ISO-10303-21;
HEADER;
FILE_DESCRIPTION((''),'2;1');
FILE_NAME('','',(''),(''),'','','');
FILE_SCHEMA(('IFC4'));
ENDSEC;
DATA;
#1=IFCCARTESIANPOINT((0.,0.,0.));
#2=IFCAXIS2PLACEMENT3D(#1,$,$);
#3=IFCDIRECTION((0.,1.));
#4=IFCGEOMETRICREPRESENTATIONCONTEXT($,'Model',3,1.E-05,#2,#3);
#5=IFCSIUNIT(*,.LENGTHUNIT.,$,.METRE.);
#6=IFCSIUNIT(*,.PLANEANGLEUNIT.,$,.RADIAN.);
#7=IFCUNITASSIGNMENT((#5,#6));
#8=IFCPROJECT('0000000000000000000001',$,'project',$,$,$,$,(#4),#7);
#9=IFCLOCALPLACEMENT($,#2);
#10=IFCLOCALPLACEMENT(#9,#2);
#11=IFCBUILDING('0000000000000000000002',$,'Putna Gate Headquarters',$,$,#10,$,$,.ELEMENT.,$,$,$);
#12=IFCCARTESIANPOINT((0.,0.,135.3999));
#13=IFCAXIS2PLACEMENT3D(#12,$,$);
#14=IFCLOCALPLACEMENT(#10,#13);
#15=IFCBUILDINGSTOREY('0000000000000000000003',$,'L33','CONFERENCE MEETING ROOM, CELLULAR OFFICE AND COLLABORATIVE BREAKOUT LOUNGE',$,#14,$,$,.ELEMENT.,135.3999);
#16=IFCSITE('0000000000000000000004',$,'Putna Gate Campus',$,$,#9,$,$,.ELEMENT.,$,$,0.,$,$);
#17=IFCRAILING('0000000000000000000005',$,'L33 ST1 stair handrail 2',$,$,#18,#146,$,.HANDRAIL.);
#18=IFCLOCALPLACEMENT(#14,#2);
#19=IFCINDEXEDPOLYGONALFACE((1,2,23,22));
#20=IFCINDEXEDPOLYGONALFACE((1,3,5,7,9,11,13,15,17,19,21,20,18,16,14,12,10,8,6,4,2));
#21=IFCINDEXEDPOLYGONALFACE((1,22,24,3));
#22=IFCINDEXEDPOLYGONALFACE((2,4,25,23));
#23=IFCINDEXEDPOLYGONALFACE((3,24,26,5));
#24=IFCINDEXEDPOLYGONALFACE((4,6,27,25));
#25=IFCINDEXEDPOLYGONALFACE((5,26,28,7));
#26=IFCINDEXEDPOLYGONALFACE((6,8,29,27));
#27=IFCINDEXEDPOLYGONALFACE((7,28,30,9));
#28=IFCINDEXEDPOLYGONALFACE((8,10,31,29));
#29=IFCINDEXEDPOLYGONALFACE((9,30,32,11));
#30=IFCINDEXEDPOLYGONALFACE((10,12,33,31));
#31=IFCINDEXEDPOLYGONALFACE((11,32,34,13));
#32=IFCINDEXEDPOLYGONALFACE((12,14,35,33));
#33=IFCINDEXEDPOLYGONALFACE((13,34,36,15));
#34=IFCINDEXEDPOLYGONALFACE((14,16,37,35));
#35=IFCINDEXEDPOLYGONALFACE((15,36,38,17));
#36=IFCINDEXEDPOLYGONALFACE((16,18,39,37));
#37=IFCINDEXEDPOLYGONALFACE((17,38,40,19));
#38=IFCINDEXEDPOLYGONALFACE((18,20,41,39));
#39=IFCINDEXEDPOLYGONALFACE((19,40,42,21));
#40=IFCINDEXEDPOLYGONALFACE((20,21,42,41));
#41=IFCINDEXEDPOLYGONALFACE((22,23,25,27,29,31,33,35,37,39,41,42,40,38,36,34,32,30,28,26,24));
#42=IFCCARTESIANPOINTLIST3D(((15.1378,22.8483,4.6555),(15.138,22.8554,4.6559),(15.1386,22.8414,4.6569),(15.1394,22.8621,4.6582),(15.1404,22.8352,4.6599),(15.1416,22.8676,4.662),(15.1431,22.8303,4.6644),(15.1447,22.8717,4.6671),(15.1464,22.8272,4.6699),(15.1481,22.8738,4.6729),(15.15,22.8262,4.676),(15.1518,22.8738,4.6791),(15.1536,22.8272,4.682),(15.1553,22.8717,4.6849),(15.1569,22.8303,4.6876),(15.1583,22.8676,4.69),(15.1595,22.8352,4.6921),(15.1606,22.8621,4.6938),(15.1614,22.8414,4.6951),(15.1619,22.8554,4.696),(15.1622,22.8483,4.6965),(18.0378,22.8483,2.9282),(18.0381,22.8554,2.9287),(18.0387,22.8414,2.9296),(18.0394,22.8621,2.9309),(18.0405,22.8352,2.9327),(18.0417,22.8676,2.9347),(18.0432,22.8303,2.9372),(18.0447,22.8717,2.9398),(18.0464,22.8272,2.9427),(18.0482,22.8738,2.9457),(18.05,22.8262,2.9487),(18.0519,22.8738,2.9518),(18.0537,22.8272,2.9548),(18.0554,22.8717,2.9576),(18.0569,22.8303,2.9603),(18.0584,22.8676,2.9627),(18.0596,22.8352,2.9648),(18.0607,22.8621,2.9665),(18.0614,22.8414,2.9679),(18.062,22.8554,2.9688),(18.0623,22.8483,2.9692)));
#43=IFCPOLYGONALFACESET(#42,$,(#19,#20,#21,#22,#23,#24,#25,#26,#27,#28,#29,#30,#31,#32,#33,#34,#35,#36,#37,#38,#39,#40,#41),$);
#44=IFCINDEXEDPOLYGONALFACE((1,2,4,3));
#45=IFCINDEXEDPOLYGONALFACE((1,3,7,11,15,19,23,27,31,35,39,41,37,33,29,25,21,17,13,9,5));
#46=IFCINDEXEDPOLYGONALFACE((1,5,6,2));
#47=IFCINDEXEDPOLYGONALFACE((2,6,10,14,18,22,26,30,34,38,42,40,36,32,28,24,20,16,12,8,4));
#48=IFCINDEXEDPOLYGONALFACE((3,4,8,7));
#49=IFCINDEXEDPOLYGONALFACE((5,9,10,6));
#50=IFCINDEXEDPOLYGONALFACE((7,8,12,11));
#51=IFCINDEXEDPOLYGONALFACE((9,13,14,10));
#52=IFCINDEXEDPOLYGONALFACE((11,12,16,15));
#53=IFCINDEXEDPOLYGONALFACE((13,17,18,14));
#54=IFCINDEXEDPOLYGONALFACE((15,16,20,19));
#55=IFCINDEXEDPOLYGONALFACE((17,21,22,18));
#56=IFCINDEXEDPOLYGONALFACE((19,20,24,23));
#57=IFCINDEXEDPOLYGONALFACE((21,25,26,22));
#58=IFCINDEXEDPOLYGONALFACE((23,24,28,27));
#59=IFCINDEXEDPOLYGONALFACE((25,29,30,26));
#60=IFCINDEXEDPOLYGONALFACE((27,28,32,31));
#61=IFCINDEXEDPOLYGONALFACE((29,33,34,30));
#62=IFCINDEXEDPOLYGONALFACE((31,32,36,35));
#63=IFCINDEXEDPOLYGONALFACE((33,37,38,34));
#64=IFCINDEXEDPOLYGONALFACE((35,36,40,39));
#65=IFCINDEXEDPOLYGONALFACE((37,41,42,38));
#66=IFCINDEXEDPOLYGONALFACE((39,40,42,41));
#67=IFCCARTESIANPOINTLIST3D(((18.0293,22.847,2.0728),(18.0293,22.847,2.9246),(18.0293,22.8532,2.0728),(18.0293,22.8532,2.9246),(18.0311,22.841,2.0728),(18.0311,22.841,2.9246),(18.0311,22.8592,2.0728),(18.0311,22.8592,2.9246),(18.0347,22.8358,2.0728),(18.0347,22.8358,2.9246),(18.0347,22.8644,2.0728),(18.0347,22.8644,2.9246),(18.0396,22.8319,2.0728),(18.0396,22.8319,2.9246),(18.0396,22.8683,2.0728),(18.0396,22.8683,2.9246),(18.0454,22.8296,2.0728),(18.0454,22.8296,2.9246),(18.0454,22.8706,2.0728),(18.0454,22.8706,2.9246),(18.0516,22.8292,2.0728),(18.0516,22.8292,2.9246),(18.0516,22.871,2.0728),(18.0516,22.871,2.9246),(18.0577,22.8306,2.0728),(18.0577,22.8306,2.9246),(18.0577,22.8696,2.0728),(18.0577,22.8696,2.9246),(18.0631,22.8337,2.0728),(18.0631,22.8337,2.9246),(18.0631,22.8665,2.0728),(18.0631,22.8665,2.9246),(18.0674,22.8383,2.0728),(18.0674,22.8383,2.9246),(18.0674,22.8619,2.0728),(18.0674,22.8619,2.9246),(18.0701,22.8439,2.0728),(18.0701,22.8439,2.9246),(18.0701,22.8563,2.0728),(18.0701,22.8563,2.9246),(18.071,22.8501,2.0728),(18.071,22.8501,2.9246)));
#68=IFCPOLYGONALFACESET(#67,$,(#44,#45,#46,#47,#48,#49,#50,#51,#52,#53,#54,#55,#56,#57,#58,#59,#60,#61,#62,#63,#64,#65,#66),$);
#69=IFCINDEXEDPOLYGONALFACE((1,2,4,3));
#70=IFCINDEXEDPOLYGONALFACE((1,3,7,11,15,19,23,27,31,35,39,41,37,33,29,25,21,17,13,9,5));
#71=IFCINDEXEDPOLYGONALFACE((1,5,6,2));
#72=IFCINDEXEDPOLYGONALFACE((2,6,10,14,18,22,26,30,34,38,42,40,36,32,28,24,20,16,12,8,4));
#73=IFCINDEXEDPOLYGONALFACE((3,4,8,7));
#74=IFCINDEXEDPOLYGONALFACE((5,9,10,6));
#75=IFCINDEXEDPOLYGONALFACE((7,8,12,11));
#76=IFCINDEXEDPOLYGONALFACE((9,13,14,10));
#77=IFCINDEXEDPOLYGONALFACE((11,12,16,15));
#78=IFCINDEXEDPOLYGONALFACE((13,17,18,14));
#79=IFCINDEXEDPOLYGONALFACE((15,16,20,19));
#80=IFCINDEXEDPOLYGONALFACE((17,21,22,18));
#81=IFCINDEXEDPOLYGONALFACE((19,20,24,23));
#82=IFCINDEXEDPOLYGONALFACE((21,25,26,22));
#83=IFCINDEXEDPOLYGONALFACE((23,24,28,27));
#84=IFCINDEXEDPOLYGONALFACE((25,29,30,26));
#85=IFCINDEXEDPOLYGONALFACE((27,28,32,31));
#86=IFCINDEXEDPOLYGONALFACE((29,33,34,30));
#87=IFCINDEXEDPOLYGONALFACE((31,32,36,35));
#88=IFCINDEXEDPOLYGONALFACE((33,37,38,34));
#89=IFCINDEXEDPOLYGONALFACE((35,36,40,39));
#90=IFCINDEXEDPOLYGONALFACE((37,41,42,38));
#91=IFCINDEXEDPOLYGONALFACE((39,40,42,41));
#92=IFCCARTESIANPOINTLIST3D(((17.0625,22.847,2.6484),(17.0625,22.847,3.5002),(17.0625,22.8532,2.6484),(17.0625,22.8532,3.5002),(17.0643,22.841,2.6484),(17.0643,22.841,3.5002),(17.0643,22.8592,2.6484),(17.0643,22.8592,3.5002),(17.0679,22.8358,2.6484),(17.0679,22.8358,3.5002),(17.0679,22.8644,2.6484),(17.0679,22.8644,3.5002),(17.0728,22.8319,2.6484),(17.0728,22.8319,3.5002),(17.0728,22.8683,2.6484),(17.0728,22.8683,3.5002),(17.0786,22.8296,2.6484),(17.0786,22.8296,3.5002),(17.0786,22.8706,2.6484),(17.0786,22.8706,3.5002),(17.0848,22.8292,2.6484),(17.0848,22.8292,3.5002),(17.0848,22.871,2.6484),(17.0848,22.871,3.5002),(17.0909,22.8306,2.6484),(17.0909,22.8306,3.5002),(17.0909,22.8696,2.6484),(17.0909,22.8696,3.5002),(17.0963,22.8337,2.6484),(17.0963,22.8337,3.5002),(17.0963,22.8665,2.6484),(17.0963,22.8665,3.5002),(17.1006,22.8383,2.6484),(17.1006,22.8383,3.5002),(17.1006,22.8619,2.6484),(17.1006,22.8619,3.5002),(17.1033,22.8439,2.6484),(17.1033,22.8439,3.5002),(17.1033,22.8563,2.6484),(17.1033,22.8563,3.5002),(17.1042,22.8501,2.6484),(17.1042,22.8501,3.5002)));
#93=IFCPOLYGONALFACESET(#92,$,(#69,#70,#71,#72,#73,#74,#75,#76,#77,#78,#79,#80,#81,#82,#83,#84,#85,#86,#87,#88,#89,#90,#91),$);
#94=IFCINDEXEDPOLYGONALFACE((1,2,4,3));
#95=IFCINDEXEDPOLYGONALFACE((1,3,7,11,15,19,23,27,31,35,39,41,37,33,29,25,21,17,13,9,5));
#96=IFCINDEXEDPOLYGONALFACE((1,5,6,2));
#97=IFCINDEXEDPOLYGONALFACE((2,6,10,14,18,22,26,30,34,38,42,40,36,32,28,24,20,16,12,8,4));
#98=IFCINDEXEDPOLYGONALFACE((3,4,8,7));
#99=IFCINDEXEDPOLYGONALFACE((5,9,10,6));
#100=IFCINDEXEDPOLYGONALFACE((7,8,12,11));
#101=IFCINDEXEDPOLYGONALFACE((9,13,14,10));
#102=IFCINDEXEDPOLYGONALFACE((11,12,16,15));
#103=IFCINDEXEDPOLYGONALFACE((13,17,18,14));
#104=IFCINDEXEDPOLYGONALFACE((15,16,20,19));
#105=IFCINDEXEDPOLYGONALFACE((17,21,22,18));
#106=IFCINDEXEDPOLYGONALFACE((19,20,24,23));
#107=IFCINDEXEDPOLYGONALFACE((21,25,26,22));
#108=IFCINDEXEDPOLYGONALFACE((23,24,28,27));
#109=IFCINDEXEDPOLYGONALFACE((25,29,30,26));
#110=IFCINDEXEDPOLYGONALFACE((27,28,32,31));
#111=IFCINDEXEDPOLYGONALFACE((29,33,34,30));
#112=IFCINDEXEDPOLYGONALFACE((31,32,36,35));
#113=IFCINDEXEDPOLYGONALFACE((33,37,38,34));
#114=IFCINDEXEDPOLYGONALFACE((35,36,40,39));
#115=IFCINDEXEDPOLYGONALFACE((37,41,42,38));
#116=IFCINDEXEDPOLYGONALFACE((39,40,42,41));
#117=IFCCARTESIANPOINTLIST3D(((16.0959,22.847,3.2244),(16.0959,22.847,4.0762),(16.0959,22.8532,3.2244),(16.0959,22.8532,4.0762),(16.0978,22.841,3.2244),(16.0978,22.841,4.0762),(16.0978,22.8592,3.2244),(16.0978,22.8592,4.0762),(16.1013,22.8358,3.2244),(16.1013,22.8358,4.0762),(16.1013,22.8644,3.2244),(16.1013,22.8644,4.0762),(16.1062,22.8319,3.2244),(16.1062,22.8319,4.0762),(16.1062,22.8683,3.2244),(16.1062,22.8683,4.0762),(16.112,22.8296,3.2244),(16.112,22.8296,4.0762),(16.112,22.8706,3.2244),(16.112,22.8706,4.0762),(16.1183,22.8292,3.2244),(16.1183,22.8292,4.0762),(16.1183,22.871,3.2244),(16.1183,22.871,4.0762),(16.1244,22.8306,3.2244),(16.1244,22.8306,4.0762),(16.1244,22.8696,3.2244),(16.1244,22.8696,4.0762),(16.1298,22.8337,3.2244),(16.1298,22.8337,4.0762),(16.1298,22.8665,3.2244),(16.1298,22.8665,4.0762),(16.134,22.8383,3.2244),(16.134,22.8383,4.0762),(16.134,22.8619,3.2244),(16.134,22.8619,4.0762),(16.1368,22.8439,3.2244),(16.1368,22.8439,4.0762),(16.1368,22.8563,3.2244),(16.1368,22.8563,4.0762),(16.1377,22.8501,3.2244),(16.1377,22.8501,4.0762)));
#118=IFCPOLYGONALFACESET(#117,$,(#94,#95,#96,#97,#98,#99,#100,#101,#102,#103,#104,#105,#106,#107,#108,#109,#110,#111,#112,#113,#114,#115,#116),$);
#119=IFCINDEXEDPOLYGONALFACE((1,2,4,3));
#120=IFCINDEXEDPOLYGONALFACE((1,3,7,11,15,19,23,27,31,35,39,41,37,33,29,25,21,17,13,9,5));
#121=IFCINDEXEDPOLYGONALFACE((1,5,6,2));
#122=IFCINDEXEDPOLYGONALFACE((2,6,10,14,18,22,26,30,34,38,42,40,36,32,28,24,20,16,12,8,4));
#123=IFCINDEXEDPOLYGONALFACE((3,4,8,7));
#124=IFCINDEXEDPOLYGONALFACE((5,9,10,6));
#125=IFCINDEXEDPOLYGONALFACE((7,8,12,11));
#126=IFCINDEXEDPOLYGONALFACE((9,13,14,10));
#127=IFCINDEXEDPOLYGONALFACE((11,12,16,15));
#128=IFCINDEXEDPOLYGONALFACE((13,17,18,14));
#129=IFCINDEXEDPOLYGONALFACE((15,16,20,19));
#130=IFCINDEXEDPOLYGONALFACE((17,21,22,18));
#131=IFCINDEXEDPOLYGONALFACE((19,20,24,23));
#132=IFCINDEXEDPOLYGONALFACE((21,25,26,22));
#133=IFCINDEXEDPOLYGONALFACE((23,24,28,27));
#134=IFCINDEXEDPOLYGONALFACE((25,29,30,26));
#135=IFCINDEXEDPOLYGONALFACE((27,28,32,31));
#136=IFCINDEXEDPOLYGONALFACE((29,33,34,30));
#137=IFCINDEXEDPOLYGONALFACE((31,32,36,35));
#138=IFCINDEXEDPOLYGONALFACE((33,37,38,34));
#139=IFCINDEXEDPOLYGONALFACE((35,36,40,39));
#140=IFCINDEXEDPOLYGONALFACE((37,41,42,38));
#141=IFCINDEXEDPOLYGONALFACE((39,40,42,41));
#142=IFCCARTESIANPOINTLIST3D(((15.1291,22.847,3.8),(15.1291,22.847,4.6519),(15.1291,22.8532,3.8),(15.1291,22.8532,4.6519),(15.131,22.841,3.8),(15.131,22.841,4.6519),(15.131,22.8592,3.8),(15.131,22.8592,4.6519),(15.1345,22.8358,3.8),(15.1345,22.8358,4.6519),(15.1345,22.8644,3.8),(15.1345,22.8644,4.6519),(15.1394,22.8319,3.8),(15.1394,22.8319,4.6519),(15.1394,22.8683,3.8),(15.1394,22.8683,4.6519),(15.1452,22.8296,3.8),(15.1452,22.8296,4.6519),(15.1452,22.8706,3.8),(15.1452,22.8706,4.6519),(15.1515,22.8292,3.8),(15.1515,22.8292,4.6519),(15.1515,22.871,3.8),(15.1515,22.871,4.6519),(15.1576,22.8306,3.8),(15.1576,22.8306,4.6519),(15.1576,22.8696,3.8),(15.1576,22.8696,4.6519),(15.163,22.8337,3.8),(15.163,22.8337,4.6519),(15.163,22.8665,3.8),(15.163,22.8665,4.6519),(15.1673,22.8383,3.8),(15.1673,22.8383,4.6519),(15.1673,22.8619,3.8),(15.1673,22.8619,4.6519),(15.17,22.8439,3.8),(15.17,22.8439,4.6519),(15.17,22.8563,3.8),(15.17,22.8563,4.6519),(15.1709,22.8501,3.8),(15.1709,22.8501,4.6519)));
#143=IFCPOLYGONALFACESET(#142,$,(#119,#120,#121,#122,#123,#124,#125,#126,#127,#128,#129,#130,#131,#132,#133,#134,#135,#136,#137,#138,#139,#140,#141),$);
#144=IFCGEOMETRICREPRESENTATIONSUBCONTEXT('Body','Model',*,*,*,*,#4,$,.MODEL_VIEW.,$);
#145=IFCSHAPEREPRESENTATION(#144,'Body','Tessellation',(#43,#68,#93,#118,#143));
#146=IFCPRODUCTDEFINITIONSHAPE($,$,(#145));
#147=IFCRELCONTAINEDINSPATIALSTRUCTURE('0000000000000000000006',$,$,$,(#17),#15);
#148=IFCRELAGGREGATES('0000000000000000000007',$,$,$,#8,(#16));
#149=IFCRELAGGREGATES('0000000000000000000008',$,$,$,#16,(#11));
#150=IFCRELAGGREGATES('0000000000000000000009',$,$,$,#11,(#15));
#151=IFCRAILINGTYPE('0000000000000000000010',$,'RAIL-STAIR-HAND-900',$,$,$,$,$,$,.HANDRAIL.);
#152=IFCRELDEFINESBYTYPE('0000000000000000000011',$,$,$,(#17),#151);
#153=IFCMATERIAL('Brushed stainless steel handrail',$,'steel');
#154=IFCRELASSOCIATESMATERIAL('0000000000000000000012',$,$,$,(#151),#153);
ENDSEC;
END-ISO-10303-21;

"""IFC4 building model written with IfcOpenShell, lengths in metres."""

from ifc_helpers import new_model, si_unit, direction, frame, origin, origin_2d, place, context, subcontext, project, spatial, circle, extrude, material, type_object, element, save


model = new_model("IFC4")

# Units and contexts
model_context = context("Model", 3, precision=1e-05, world=origin(), true_north=direction((0.0, 1.0)))
body_context = subcontext(model_context, "Body", "Model", "MODEL_VIEW")
ifc_project = project(units=[si_unit("LENGTHUNIT", "METRE"), si_unit("PLANEANGLEUNIT", "RADIAN")], contexts=[model_context])

# Site, building, storey
site_placement = place(None, origin())
site = spatial("IfcSite", under=ifc_project, at=site_placement, Name="Putna Gate Campus", CompositionType="ELEMENT", RefElevation=0.0)
building_placement = place(site_placement, origin())
building = spatial("IfcBuilding", under=site, at=building_placement, Name="Putna Gate Headquarters", CompositionType="ELEMENT")
storey_placement = place(building_placement, frame((0.0, 0.0, 135.3999)))
storey = spatial("IfcBuildingStorey", under=building, at=storey_placement, Name="L33", Description="CONFERENCE MEETING ROOM, CELLULAR OFFICE AND COLLABORATIVE BREAKOUT LOUNGE", CompositionType="ELEMENT", Elevation=135.3999)

# Railing
ifc_material_1 = material(Name="Brushed stainless steel handrail", Category="steel")
railing_type_1 = type_object("IfcRailingType", Name="RAIL-STAIR-HAND-900", PredefinedType="HANDRAIL", material=ifc_material_1)
railing_1_placement = place(storey_placement, frame((18.05, 22.8501, 2.0728)))
element("IfcRailing", 1, at=railing_1_placement, inside=storey, type_object=railing_type_1, Name="L33 ST1 stair handrail 2", PredefinedType="HANDRAIL", context=body_context, shape_type="SweptSolid", body=[
    extrude(circle(Radius=0.0239, at=origin_2d()), frame((0.0, 0.0, 0.876), z_axis=(-0.85916, 0.0, 0.511706), x_axis=(0.0, -1.0, 0.0)), (0.0, 0.0, 1.0), 3.3755),
    extrude(circle(Radius=0.021, at=origin_2d()), origin(), (0.0, 0.0, 1.0), 0.8518),
    extrude(circle(Radius=0.021, at=origin_2d()), frame((-0.9668, 0.0, 0.5757)), (0.0, 0.0, 1.0), 0.8518),
    extrude(circle(Radius=0.021, at=origin_2d()), frame((-1.9333, 0.0, 1.1516)), (0.0, 0.0, 1.0), 0.8518),
    extrude(circle(Radius=0.021, at=origin_2d()), frame((-2.9001, 0.0, 1.7273)), (0.0, 0.0, 1.0), 0.8518),
])

save(model, "model.ifc")
